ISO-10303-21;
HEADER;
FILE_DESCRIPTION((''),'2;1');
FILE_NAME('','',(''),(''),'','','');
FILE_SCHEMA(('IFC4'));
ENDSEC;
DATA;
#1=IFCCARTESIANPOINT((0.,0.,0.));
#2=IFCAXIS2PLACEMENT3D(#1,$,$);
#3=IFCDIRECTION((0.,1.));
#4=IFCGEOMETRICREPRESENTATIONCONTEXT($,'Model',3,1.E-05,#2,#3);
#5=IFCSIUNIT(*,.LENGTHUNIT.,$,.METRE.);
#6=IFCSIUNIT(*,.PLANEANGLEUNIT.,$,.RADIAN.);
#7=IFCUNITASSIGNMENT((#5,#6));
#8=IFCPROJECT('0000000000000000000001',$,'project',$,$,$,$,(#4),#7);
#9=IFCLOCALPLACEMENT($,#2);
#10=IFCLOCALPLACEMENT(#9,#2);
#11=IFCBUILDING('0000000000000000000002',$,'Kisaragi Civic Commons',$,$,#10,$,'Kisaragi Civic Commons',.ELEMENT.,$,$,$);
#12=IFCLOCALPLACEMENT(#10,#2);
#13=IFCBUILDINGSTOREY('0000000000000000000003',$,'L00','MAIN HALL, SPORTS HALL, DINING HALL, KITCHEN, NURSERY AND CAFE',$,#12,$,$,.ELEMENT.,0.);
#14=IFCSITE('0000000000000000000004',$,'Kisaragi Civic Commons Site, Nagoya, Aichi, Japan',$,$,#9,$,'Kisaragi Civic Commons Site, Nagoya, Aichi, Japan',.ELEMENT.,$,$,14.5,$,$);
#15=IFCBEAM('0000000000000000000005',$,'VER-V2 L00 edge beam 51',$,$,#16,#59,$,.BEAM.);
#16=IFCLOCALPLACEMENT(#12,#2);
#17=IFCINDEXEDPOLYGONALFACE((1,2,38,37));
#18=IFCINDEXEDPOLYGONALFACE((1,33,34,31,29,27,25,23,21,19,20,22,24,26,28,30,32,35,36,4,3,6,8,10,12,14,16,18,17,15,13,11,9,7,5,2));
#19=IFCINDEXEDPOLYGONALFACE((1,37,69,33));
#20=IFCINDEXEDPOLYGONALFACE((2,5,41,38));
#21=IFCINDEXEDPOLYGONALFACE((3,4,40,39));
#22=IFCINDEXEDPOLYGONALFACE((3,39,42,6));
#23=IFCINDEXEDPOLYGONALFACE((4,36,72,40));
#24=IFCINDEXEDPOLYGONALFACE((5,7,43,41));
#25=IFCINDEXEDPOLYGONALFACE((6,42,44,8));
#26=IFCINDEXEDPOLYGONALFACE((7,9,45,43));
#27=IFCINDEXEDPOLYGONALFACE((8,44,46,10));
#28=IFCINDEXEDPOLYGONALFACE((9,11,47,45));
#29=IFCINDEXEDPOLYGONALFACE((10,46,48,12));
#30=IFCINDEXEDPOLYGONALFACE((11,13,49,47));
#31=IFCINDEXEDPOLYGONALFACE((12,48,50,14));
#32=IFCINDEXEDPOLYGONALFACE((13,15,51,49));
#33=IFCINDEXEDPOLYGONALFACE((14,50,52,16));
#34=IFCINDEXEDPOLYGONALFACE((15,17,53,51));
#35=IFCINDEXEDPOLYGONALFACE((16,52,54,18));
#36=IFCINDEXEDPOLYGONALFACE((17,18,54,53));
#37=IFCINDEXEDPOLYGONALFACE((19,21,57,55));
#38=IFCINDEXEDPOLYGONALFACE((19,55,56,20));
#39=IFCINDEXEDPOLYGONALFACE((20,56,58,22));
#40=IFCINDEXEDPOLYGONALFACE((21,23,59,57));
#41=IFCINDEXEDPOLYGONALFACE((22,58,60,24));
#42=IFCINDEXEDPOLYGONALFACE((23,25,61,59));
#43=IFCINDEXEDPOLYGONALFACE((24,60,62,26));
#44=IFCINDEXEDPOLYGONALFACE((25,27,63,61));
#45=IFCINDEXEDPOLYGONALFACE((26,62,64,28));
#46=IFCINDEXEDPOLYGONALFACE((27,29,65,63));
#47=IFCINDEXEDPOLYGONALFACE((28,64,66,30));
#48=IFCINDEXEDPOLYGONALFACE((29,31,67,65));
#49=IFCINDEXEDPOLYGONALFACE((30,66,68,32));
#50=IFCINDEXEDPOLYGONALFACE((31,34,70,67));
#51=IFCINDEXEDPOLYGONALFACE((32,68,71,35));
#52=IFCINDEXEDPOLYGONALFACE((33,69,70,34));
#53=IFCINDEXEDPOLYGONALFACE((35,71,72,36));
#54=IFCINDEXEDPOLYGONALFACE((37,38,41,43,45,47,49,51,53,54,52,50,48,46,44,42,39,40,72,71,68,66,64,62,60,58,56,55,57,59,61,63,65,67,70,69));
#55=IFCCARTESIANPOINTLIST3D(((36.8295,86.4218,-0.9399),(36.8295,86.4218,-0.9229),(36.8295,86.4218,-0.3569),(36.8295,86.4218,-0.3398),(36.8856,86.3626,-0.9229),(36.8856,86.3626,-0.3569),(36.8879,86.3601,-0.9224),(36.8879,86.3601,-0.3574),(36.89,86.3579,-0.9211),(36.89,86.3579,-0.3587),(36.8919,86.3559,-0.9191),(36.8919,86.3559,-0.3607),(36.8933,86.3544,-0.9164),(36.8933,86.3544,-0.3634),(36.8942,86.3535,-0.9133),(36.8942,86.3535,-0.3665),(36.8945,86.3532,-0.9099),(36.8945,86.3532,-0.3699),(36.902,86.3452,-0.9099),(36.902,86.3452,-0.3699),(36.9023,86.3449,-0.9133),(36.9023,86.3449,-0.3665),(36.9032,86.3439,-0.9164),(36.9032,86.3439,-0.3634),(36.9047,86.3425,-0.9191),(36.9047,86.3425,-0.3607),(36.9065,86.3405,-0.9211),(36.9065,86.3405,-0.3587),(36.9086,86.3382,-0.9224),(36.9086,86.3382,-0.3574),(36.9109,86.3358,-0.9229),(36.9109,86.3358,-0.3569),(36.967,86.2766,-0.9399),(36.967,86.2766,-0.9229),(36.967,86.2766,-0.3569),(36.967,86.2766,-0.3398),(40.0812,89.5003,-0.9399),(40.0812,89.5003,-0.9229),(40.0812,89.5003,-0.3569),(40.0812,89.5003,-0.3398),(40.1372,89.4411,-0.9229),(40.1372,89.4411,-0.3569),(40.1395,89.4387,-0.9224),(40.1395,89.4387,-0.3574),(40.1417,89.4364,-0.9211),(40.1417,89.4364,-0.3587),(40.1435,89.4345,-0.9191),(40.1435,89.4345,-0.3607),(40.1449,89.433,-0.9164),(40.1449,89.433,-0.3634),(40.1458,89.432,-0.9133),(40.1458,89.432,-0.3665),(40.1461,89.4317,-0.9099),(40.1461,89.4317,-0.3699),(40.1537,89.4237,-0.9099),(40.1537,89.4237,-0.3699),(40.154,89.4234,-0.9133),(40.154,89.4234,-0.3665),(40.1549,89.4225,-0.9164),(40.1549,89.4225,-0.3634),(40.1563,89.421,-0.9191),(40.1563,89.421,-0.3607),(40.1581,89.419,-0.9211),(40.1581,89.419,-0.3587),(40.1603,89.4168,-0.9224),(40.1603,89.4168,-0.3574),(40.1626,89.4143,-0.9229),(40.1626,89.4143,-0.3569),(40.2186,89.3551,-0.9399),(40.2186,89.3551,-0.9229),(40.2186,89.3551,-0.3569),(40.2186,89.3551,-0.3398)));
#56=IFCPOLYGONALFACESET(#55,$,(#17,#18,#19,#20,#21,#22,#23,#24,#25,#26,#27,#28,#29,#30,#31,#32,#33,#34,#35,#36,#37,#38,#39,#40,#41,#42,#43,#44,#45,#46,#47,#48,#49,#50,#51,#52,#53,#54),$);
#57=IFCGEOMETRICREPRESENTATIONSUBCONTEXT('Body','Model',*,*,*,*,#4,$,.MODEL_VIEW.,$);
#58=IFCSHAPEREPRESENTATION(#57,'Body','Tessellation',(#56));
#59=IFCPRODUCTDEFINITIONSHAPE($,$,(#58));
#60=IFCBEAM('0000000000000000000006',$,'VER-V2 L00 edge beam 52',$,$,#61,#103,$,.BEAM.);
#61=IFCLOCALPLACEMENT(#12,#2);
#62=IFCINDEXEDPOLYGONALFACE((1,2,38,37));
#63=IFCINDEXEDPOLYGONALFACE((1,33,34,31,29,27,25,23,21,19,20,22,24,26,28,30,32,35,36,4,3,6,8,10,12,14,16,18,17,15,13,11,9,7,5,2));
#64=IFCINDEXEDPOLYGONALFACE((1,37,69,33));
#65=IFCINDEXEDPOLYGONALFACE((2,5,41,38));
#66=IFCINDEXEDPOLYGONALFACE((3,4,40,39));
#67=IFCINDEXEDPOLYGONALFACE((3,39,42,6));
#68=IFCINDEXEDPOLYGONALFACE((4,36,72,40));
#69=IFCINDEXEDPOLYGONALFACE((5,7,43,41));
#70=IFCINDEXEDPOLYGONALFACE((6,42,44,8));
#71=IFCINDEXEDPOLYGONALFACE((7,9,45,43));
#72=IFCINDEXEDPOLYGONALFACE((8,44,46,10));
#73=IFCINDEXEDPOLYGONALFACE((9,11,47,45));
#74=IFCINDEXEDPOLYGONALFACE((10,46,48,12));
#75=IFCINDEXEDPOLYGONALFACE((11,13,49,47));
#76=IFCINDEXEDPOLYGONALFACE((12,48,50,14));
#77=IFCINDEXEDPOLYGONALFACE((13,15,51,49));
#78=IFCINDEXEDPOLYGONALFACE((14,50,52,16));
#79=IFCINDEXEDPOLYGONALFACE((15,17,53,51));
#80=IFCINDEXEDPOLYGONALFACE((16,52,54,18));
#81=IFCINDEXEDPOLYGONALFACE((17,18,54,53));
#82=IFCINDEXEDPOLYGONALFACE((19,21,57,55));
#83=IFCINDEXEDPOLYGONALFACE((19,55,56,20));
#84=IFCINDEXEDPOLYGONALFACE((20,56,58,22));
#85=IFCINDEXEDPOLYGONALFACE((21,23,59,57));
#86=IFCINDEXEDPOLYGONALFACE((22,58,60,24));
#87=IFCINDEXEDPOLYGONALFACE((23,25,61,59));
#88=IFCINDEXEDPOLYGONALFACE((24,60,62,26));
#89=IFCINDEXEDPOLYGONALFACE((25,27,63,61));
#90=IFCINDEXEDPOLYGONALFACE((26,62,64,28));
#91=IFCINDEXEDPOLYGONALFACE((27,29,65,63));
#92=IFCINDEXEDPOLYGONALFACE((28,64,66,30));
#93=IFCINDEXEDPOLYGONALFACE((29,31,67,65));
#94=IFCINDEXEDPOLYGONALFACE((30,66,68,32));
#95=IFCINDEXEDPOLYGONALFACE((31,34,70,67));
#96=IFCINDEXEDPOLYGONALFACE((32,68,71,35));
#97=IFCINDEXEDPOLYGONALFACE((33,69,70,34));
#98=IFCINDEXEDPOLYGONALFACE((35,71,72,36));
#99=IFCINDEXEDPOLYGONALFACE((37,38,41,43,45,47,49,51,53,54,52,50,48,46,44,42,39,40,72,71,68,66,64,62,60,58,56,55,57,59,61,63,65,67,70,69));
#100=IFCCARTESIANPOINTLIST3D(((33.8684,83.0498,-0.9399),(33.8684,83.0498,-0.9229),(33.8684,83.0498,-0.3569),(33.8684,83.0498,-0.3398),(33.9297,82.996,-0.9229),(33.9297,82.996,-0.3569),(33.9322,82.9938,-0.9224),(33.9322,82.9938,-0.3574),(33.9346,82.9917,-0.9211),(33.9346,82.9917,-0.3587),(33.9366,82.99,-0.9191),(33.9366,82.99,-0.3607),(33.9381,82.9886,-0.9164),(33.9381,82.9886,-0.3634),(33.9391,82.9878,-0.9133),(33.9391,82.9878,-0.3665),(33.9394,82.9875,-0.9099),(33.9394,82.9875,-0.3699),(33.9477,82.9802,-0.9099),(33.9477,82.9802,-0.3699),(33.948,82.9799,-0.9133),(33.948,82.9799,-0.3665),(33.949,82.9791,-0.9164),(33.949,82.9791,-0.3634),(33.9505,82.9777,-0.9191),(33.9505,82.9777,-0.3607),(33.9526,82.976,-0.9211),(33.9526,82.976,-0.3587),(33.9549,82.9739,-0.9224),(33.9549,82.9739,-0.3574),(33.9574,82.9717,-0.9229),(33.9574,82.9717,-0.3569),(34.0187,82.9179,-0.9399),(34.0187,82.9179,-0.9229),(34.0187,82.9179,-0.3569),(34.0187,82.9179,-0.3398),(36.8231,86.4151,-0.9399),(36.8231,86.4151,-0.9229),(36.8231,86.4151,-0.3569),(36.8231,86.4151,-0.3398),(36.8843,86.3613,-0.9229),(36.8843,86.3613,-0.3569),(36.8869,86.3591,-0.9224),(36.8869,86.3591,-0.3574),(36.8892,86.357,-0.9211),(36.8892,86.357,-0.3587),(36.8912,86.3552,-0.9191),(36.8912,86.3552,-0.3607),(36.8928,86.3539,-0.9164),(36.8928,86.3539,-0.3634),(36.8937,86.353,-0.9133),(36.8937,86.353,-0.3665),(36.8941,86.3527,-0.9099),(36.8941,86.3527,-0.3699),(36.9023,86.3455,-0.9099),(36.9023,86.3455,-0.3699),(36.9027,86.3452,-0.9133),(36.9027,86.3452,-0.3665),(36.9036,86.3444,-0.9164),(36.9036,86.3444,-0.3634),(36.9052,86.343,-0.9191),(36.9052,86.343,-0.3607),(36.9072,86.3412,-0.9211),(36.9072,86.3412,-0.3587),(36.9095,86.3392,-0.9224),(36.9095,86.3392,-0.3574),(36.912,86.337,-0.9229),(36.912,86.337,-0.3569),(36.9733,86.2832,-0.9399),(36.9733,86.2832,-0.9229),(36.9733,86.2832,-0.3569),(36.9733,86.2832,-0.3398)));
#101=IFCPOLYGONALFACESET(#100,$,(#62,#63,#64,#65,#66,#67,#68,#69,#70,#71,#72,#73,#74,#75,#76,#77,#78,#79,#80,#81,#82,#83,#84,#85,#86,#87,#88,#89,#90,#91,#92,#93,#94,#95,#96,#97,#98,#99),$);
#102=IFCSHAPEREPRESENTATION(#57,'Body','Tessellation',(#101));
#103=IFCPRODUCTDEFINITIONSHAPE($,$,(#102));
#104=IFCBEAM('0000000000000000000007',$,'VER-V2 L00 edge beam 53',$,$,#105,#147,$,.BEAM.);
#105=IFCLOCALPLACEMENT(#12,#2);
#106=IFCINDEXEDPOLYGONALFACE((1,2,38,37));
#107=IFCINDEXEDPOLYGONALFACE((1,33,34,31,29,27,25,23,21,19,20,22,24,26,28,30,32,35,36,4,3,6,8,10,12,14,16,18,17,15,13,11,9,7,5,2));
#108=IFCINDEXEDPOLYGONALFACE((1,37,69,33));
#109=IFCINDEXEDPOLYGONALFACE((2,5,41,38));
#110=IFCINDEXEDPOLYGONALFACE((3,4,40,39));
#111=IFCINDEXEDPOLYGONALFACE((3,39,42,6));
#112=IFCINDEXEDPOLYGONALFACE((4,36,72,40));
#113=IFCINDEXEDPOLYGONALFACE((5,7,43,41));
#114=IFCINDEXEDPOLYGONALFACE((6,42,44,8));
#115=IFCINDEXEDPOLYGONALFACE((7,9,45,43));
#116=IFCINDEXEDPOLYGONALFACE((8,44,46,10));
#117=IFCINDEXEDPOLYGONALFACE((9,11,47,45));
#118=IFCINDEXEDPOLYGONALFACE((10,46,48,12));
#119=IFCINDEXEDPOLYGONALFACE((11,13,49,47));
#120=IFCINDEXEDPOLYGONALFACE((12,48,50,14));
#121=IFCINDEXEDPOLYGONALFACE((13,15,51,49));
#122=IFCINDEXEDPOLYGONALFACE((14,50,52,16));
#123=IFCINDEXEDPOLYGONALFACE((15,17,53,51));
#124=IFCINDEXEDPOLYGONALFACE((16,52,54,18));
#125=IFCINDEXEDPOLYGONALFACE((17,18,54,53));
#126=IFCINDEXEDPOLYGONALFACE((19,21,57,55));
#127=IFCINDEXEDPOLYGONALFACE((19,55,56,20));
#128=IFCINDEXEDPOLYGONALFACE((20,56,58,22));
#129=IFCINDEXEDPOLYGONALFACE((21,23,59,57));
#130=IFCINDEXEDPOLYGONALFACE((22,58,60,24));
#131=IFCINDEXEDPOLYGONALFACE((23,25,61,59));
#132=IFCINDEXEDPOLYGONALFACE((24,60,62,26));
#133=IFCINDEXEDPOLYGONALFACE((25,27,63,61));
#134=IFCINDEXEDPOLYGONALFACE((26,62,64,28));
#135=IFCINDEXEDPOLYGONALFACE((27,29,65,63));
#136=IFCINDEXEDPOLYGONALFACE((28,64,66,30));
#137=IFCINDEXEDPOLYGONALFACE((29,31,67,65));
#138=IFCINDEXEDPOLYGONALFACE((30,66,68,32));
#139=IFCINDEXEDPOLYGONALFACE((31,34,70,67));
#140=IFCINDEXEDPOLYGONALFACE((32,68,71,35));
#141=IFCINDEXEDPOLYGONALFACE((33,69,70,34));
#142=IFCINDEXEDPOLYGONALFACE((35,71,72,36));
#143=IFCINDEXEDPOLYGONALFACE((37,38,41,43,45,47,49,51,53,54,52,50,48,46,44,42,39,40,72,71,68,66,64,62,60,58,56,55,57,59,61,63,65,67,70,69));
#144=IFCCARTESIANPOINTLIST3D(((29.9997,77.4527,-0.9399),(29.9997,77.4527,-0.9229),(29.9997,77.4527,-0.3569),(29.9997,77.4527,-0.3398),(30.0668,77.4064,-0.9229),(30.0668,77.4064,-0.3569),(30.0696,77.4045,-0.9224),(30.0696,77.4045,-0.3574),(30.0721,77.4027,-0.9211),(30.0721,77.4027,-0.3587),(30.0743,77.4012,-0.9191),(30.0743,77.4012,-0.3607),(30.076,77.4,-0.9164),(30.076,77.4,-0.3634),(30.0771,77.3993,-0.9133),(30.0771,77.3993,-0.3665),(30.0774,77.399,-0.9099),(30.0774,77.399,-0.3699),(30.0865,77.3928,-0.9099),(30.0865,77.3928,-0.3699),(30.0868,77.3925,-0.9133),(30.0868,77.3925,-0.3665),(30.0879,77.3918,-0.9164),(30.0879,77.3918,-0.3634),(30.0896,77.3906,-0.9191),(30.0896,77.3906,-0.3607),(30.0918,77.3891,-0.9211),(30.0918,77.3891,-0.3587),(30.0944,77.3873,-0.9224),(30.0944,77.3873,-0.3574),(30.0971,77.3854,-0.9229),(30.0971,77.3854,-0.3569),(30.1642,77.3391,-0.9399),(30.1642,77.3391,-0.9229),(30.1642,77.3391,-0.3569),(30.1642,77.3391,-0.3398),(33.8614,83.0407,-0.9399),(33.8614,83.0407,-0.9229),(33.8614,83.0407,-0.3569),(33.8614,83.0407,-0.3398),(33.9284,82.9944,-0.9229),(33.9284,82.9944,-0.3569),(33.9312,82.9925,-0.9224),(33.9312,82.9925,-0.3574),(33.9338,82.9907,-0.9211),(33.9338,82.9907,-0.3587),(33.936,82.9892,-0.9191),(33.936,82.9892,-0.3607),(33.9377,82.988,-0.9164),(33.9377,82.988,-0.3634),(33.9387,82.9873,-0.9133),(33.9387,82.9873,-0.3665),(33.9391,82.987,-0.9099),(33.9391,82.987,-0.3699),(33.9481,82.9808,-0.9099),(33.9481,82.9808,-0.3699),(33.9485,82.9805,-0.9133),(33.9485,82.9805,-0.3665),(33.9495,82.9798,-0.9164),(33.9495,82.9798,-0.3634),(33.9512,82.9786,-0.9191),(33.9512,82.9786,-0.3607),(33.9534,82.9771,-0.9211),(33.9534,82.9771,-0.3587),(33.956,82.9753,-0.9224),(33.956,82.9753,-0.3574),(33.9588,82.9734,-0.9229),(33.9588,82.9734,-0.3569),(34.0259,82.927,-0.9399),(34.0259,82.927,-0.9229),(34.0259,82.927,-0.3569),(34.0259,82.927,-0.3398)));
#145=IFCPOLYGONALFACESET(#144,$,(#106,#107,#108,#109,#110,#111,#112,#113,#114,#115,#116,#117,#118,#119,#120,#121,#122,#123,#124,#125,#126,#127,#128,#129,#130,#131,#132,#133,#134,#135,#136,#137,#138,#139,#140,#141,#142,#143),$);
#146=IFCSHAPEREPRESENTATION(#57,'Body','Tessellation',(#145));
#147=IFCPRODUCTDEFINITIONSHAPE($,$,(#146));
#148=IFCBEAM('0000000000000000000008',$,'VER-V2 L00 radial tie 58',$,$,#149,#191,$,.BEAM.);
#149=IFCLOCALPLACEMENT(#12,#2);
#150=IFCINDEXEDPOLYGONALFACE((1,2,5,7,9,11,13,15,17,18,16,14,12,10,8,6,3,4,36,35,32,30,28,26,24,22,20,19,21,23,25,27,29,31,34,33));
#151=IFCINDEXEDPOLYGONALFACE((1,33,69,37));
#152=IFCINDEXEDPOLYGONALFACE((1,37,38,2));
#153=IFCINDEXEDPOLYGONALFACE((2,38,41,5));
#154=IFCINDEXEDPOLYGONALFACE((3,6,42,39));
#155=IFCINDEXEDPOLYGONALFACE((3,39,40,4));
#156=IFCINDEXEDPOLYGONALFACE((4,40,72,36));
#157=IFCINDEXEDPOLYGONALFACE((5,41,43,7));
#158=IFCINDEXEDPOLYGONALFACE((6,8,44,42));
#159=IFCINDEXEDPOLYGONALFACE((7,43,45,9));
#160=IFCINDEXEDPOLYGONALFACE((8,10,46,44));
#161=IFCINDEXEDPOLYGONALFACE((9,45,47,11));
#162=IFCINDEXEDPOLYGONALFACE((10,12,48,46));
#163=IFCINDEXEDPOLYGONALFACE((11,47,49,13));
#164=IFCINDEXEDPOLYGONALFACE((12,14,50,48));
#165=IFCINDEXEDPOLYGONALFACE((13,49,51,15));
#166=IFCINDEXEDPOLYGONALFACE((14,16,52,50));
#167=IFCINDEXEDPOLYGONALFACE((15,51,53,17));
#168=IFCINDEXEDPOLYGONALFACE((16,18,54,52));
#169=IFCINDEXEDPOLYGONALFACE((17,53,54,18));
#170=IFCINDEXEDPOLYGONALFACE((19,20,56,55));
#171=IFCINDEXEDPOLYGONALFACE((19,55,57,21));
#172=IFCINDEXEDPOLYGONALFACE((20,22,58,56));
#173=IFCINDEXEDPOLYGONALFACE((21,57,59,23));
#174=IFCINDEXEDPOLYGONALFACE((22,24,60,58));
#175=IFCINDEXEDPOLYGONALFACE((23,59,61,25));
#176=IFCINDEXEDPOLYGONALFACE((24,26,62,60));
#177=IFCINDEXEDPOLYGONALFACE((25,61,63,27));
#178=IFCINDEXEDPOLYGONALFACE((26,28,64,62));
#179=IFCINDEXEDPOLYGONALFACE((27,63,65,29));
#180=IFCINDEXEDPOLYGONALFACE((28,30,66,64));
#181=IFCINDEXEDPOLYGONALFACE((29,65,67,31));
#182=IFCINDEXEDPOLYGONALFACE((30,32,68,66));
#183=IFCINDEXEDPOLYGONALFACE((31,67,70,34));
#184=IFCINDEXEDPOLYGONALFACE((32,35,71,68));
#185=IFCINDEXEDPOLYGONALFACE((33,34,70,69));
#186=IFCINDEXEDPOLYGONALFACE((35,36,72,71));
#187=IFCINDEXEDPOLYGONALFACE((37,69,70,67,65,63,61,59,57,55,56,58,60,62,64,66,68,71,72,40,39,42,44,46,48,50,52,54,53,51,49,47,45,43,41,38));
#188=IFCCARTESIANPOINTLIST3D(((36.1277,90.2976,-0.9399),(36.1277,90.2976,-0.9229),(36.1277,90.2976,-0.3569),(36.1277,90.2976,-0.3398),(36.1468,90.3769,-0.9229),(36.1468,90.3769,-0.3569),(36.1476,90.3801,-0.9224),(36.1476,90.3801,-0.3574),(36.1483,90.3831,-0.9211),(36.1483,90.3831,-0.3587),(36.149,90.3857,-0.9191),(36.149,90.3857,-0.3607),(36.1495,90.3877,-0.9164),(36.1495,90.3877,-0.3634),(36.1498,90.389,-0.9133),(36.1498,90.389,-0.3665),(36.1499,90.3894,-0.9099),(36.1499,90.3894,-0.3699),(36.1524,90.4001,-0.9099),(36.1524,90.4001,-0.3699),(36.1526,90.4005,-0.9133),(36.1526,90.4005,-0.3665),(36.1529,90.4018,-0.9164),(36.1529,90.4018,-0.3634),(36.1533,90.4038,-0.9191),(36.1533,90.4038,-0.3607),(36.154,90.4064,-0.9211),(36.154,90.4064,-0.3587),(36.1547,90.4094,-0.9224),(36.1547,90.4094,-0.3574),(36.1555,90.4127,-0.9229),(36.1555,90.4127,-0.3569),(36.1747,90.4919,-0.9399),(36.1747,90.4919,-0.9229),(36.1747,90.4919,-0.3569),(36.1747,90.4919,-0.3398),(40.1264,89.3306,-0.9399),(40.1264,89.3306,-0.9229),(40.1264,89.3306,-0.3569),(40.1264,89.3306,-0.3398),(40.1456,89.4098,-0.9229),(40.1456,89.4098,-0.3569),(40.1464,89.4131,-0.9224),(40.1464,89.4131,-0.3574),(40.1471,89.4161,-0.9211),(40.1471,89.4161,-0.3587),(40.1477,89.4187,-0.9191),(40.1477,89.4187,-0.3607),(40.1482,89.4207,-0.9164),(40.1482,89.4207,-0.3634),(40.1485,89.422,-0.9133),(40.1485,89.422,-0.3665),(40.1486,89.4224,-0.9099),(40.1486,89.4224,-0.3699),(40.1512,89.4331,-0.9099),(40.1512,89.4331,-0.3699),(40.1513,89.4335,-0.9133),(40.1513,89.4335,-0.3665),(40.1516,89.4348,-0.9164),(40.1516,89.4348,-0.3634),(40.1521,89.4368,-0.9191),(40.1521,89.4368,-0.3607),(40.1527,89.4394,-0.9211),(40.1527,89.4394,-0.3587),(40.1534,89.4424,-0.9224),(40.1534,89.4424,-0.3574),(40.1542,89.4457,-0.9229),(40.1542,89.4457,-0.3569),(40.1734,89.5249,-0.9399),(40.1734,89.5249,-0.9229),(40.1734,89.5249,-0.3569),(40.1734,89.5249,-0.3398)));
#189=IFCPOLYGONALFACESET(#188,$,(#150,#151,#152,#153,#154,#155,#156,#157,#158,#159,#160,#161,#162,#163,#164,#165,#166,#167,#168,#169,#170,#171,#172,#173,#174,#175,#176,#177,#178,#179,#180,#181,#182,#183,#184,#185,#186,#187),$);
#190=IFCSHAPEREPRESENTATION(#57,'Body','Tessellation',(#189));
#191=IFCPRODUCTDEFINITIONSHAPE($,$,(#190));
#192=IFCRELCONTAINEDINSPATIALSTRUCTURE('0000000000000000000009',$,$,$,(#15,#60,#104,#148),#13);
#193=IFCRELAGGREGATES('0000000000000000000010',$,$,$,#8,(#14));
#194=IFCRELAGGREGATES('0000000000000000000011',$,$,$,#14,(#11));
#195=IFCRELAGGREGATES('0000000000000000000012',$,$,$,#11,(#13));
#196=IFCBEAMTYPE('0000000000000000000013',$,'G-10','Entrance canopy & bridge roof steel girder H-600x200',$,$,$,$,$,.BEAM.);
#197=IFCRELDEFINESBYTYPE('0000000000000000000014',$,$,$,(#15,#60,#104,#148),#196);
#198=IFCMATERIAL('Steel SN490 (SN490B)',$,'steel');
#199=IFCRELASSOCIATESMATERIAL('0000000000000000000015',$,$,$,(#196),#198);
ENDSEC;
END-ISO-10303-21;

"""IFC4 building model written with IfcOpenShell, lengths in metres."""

from ifc_helpers import new_model, si_unit, direction, frame, origin, origin_2d, place, context, subcontext, project, spatial, i_section, extrude, material, material_profile, profile_set, type_object, element, save


model = new_model("IFC4")

# Units and contexts
model_context = context("Model", 3, precision=1e-05, world=origin(), true_north=direction((0.0, 1.0)))
body_context = subcontext(model_context, "Body", "Model", "MODEL_VIEW")
ifc_project = project(units=[si_unit("LENGTHUNIT", "METRE"), si_unit("PLANEANGLEUNIT", "RADIAN")], contexts=[model_context])

# Site, building, storey
site_placement = place(None, origin())
site = spatial("IfcSite", under=ifc_project, at=site_placement, Name="Kisaragi Civic Commons Site, Nagoya, Aichi, Japan", LongName="Kisaragi Civic Commons Site, Nagoya, Aichi, Japan", CompositionType="ELEMENT", RefElevation=14.5)
building_placement = place(site_placement, origin())
building = spatial("IfcBuilding", under=site, at=building_placement, Name="Kisaragi Civic Commons", LongName="Kisaragi Civic Commons", CompositionType="ELEMENT")
storey_placement = place(building_placement, origin())
storey = spatial("IfcBuildingStorey", under=building, at=storey_placement, Name="L00", Description="MAIN HALL, SPORTS HALL, DINING HALL, KITCHEN, NURSERY AND CAFE", CompositionType="ELEMENT", Elevation=0.0)

# Beams
ifc_material_1 = material(Name="Steel SN490 (SN490B)", Category="steel")
ifc_material_profile_1 = material_profile(ifc_material_1, i_section(OverallWidth=0.2, OverallDepth=0.6001, WebThickness=0.011, FlangeThickness=0.0171, FilletRadius=0.0129, at=origin_2d()), Name="H-600x200x11x17", Category="steel")
ifc_profile_set_1 = profile_set([ifc_material_profile_1], Name="Steel SN490 (SN490B)")
beam_type_1 = type_object("IfcBeamType", Name="G-10", Description="Entrance canopy & bridge roof steel girder H-600x200", PredefinedType="BEAM", material=ifc_profile_set_1)
beam_1_placement = place(storey_placement, frame((40.1499, 89.4277, -0.6399), z_axis=(-0.72617, -0.687515, 0.0), x_axis=(0.687515, -0.72617, 0.0)))
element("IfcBeam", 1, at=beam_1_placement, inside=storey, type_object=beam_type_1, Name="VER-V2 L00 edge beam 51", PredefinedType="BEAM", context=body_context, shape_type="SweptSolid", body=[
    extrude(i_section(OverallWidth=0.2, OverallDepth=0.6001, WebThickness=0.011, FlangeThickness=0.0171, FilletRadius=0.0129, at=origin_2d()), origin(), (0.0, 0.0, 1.0), 4.4778),
])
beam_2_placement = place(storey_placement, frame((36.8982, 86.3491, -0.6399), z_axis=(-0.65977, -0.751468, 0.0), x_axis=(0.751468, -0.65977, 0.0)))
element("IfcBeam", 2, at=beam_2_placement, inside=storey, type_object=beam_type_1, Name="VER-V2 L00 edge beam 52", PredefinedType="BEAM", context=body_context, shape_type="SweptSolid", body=[
    extrude(i_section(OverallWidth=0.2, OverallDepth=0.6001, WebThickness=0.011, FlangeThickness=0.0171, FilletRadius=0.0129, at=origin_2d()), origin(), (0.0, 0.0, 1.0), 4.4783),
])
beam_3_placement = place(storey_placement, frame((33.9436, 82.9839, -0.6399), z_axis=(-0.568516, -0.822672, 0.0), x_axis=(0.822672, -0.568516, 0.0)))
element("IfcBeam", 3, at=beam_3_placement, inside=storey, type_object=beam_type_1, Name="VER-V2 L00 edge beam 53", PredefinedType="BEAM", context=body_context, shape_type="SweptSolid", body=[
    extrude(i_section(OverallWidth=0.2, OverallDepth=0.6001, WebThickness=0.011, FlangeThickness=0.0171, FilletRadius=0.0129, at=origin_2d()), origin(), (0.0, 0.0, 1.0), 6.7925),
])
beam_4_placement = place(storey_placement, frame((40.1499, 89.4277, -0.6399), z_axis=(-0.971981, 0.235058, 0.0), x_axis=(-0.235058, -0.971981, 0.0)))
element("IfcBeam", 4, at=beam_4_placement, inside=storey, type_object=beam_type_1, Name="VER-V2 L00 radial tie 58", PredefinedType="BEAM", context=body_context, shape_type="SweptSolid", body=[
    extrude(i_section(OverallWidth=0.2, OverallDepth=0.6001, WebThickness=0.011, FlangeThickness=0.0171, FilletRadius=0.0129, at=origin_2d()), origin(), (0.0, 0.0, 1.0), 4.114),
])

save(model, "model.ifc")
